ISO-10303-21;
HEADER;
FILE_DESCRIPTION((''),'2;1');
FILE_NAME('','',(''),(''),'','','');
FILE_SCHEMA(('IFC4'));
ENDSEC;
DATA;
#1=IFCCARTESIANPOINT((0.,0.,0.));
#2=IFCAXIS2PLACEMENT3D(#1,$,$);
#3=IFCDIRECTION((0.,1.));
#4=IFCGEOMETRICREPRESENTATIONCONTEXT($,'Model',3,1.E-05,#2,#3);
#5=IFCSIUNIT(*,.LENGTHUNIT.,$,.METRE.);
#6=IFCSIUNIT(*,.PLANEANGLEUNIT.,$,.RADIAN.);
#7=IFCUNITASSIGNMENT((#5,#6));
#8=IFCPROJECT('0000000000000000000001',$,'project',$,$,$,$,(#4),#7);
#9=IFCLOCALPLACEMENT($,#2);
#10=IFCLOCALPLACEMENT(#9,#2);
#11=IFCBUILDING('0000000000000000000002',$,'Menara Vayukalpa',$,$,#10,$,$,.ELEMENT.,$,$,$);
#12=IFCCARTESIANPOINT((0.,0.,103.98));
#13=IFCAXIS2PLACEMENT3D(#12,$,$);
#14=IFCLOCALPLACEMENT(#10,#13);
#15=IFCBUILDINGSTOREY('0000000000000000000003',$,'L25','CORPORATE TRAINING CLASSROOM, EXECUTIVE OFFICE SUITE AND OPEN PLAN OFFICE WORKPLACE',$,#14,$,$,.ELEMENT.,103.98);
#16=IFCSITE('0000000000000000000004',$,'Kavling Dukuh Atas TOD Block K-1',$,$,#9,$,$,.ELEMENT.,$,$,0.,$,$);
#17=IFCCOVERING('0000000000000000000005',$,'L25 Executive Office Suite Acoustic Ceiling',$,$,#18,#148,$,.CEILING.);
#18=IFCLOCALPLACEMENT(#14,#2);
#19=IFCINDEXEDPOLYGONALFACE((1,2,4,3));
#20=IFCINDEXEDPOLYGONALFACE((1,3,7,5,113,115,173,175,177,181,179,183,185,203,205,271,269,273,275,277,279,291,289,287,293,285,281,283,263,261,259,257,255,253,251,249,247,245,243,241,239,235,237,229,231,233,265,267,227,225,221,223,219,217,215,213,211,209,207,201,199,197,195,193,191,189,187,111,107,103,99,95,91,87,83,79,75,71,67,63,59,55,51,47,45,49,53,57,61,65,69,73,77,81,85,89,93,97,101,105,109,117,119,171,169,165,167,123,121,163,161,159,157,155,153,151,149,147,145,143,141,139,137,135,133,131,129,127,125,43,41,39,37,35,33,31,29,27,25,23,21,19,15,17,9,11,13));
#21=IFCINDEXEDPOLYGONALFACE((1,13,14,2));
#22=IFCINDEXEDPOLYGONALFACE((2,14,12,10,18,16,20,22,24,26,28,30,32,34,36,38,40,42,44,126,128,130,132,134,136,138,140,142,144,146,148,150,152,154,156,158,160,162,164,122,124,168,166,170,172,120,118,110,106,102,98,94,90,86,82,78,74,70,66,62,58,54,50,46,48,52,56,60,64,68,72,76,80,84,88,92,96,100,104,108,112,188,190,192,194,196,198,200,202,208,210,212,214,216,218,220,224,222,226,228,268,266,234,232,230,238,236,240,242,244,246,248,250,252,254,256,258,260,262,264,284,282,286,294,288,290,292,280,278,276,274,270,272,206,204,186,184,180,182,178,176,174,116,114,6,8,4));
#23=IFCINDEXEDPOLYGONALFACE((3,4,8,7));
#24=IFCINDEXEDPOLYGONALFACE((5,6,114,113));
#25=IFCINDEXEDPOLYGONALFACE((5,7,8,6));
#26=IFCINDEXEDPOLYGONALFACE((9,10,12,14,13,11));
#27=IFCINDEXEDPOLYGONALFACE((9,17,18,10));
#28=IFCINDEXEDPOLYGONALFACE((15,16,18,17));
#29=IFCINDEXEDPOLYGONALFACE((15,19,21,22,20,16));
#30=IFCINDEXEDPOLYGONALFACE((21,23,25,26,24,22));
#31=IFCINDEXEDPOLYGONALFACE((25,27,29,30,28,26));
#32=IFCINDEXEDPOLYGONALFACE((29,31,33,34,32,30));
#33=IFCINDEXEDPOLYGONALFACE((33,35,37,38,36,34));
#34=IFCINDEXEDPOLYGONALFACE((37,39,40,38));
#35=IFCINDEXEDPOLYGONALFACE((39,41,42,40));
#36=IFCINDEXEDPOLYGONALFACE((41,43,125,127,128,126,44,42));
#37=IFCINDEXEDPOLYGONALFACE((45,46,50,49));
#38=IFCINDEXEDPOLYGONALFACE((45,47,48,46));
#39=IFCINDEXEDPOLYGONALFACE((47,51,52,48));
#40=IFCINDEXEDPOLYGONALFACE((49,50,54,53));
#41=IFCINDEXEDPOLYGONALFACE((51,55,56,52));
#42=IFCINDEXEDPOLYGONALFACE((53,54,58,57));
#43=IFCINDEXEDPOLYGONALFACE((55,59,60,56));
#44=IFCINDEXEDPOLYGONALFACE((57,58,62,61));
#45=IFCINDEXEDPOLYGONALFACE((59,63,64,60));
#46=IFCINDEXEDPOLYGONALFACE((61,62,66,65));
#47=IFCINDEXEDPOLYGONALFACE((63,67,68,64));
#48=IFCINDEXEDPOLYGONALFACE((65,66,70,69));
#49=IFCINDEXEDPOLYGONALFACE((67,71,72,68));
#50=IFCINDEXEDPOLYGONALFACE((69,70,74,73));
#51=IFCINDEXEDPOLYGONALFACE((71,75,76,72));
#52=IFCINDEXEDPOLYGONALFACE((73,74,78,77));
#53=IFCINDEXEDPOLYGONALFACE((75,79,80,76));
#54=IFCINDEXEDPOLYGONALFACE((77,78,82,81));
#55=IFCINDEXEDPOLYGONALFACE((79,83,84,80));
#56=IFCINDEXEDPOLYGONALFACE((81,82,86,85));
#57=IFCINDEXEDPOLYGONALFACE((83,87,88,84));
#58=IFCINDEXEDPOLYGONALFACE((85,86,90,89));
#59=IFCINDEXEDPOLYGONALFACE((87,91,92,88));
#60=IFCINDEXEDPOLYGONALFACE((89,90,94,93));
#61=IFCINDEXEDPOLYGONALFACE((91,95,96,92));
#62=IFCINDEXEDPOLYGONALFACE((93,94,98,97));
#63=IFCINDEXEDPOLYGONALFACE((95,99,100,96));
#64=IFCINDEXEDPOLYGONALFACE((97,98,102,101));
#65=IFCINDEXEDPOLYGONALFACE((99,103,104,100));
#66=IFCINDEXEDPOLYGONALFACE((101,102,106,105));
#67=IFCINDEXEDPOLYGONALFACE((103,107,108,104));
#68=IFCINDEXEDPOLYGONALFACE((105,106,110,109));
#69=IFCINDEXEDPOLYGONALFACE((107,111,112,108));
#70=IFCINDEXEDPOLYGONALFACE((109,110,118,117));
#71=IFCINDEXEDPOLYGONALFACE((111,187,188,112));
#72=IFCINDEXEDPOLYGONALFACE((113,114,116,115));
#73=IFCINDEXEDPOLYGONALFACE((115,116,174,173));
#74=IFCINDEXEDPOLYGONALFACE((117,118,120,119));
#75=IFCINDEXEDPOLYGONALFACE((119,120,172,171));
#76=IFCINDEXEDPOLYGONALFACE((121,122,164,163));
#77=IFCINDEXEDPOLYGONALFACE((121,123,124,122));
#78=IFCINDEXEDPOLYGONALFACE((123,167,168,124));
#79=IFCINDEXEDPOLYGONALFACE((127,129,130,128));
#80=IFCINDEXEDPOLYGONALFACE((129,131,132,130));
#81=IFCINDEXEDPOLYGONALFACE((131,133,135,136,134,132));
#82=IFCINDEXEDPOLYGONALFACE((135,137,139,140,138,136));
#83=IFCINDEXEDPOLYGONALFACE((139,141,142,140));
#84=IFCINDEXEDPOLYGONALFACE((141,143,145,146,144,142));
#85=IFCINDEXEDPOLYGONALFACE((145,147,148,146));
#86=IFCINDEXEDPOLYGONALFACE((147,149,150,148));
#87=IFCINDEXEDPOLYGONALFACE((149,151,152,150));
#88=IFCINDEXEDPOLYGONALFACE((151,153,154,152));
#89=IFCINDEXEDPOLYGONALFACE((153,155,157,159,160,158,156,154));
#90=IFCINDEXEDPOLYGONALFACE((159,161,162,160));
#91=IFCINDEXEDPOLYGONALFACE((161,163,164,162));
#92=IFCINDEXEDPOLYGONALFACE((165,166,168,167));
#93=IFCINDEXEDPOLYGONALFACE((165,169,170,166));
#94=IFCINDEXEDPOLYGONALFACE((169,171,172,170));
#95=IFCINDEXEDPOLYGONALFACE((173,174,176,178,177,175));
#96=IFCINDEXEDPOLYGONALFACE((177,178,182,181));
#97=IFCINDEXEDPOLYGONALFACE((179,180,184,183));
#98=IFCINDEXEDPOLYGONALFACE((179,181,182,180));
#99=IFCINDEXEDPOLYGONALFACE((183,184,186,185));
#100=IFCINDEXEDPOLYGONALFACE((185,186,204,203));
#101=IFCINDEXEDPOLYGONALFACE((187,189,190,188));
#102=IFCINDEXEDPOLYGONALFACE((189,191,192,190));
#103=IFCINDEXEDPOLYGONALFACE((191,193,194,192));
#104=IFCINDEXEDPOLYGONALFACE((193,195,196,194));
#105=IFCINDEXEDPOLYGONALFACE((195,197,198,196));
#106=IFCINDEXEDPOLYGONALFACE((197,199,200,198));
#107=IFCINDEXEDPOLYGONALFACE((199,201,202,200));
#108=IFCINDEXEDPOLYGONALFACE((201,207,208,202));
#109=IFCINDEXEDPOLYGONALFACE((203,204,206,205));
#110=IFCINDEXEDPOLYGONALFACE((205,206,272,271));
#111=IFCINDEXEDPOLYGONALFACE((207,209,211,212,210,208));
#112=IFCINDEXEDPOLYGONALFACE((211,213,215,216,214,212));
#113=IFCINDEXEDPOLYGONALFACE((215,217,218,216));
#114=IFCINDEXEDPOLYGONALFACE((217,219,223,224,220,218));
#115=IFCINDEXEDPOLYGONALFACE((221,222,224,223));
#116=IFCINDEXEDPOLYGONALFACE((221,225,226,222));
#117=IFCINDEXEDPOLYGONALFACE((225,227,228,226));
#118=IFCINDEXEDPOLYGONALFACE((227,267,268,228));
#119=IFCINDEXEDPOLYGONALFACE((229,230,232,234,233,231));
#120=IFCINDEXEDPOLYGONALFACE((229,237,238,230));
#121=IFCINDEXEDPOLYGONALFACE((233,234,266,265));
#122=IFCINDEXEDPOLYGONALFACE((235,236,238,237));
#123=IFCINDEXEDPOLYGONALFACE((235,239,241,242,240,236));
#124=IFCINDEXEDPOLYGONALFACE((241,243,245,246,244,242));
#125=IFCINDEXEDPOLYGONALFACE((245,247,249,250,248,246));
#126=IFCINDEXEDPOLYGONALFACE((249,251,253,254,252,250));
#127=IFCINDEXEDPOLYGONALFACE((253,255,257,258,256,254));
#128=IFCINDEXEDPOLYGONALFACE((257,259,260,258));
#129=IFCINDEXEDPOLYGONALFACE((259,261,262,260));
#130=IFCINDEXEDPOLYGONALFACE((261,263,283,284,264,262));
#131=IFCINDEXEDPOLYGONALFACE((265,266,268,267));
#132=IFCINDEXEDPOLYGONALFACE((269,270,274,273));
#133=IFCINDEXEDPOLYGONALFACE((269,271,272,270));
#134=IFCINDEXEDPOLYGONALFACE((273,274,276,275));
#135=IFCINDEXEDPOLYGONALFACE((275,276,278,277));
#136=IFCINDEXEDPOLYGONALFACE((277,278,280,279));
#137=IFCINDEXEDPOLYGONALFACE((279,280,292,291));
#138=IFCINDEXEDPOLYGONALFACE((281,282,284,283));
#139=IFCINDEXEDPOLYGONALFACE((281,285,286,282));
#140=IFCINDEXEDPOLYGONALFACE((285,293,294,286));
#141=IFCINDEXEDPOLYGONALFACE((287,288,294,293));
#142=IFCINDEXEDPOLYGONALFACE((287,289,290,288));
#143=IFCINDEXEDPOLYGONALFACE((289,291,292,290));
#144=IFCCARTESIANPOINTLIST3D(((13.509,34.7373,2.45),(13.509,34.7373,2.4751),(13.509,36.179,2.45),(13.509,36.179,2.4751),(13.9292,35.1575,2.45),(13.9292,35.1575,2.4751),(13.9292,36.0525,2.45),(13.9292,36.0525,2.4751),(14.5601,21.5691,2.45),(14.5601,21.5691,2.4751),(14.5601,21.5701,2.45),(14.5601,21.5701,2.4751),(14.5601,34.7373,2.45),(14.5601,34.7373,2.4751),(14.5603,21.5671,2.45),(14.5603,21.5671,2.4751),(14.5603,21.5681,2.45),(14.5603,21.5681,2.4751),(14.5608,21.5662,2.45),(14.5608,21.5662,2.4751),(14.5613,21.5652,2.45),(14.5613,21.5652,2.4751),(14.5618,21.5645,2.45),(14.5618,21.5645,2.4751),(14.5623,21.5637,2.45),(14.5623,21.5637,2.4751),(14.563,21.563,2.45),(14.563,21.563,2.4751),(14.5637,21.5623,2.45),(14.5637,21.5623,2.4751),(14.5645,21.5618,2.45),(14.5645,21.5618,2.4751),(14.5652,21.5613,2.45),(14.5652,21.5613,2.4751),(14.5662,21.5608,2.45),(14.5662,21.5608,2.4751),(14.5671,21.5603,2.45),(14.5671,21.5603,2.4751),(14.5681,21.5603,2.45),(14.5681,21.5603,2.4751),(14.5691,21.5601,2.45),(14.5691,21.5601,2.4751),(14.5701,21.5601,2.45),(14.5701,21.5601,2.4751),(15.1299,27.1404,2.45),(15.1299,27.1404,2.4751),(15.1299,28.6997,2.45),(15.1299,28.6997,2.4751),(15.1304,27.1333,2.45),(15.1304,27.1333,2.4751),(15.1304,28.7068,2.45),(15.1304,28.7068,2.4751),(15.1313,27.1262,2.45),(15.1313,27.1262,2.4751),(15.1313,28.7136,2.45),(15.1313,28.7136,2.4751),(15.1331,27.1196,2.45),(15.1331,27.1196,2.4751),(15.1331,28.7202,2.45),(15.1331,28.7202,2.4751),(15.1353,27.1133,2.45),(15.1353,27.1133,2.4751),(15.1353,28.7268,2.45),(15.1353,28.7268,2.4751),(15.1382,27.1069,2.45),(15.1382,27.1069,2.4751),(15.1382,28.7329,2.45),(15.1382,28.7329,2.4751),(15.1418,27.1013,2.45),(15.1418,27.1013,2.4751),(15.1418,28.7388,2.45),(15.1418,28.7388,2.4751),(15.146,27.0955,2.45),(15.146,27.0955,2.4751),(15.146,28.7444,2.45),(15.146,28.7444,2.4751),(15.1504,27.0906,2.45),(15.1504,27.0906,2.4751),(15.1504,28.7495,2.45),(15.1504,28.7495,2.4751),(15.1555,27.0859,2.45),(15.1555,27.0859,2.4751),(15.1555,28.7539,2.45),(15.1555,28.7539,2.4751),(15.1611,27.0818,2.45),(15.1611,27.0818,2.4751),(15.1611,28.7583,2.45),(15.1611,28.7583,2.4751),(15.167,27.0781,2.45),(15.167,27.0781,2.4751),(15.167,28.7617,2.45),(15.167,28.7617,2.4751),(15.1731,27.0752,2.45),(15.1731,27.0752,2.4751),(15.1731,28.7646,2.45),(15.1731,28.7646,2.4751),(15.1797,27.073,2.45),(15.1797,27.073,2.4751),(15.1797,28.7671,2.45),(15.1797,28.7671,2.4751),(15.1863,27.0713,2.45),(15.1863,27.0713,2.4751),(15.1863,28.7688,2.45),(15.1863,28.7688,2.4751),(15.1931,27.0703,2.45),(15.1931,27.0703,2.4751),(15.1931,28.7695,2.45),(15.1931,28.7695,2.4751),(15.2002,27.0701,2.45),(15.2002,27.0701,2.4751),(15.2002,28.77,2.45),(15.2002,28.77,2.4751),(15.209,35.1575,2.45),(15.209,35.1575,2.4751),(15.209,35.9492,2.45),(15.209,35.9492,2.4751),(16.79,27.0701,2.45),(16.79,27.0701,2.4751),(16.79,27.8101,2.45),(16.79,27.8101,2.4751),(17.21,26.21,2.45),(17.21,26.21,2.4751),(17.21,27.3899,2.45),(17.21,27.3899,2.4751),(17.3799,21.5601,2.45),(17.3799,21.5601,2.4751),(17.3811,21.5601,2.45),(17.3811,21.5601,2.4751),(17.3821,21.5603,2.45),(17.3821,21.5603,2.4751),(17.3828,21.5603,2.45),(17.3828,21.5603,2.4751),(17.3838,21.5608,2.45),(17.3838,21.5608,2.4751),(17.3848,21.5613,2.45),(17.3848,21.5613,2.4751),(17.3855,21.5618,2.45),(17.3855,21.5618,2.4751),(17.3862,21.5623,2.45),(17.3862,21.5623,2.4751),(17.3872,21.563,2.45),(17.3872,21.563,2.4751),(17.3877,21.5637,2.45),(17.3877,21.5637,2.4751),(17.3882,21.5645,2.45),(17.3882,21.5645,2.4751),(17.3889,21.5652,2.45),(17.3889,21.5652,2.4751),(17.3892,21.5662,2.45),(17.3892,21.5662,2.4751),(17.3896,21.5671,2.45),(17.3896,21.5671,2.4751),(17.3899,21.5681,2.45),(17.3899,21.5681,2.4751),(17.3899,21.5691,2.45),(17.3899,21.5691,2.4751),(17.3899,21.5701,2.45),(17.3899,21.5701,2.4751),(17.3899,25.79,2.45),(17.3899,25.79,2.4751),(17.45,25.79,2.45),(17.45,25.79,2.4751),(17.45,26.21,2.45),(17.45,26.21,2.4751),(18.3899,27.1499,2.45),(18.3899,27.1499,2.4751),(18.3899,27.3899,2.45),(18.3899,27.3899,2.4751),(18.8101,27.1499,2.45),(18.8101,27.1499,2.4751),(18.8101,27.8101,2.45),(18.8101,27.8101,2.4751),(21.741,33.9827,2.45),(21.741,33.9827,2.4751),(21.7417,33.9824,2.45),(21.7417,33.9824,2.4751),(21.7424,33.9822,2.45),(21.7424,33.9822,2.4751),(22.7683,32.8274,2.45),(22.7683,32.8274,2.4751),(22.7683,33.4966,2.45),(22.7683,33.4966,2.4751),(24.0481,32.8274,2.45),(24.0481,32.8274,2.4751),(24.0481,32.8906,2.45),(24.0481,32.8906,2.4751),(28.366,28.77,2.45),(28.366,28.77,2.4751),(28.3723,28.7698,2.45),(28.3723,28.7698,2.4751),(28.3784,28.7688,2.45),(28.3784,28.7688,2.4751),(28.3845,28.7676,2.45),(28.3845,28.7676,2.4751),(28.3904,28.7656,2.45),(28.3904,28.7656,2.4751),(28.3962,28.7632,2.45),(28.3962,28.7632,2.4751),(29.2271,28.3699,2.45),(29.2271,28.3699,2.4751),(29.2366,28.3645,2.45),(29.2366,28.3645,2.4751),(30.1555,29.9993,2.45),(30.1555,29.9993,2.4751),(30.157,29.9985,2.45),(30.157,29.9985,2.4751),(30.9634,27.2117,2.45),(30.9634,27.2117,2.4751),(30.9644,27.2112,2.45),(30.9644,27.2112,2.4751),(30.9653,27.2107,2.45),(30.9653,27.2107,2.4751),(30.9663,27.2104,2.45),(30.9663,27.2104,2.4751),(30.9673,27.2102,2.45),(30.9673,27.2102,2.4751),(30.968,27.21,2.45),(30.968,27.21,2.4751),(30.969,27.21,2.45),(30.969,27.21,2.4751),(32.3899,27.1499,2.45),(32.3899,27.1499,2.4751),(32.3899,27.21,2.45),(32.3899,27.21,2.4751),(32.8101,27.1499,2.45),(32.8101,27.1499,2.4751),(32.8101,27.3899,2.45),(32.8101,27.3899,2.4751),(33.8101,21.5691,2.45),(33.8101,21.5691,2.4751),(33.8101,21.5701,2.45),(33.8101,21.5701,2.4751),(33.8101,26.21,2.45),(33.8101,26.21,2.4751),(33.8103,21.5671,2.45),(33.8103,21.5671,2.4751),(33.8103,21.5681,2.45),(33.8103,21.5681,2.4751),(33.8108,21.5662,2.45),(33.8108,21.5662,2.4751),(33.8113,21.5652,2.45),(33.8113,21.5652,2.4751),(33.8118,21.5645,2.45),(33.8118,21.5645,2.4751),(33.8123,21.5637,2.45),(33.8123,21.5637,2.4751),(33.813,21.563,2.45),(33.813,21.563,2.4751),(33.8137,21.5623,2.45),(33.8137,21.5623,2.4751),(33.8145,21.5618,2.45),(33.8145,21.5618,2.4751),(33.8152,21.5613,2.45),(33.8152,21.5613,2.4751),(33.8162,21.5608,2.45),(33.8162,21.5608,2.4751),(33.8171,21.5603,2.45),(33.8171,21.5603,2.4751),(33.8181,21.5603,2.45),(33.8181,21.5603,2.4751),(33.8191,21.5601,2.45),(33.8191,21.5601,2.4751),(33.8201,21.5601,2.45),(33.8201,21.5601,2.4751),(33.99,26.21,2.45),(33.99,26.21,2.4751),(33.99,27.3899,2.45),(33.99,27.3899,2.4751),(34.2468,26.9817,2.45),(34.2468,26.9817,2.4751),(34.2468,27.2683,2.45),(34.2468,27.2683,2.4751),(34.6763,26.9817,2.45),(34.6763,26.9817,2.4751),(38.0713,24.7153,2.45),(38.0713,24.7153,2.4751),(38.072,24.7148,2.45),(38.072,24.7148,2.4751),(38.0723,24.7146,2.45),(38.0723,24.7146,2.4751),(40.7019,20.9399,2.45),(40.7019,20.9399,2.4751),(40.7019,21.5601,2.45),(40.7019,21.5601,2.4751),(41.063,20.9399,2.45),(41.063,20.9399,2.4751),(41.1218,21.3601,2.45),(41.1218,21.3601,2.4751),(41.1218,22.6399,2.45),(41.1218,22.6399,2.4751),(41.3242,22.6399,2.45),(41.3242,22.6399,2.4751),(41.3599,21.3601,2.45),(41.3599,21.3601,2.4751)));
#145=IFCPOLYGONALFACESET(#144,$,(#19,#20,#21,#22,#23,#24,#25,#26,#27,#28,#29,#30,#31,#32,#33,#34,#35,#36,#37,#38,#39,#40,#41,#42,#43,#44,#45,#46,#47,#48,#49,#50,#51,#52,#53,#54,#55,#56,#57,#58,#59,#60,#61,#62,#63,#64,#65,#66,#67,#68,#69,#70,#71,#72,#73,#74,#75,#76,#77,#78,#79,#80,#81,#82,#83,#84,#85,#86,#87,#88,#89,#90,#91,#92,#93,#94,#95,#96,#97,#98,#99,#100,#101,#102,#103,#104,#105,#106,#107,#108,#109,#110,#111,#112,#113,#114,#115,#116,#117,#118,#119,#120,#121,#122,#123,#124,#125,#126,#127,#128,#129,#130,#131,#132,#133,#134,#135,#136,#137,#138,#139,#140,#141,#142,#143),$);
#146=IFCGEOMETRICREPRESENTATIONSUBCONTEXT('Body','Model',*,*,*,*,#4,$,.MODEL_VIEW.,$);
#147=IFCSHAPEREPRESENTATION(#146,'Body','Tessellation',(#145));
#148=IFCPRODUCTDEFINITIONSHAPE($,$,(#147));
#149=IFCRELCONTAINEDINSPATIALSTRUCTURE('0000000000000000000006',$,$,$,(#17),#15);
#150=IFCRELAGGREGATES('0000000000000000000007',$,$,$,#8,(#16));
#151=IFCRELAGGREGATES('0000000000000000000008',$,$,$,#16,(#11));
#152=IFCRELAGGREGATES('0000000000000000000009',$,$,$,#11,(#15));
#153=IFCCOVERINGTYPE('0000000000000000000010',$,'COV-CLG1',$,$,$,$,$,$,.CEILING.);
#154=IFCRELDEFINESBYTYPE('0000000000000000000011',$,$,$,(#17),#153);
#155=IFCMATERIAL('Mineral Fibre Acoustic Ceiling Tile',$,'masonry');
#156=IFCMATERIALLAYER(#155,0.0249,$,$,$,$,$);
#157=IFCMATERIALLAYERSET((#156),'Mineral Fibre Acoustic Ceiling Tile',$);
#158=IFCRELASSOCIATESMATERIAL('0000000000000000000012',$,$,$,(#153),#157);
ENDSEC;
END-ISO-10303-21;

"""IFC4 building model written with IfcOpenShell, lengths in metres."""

from ifc_helpers import new_model, si_unit, direction, frame, origin, place, context, subcontext, project, spatial, polyline, outline, extrude, material, layer, layer_set, type_object, element, save


model = new_model("IFC4")

# Units and contexts
model_context = context("Model", 3, precision=1e-05, world=origin(), true_north=direction((0.0, 1.0)))
body_context = subcontext(model_context, "Body", "Model", "MODEL_VIEW")
ifc_project = project(units=[si_unit("LENGTHUNIT", "METRE"), si_unit("PLANEANGLEUNIT", "RADIAN")], contexts=[model_context])

# Site, building, storey
site_placement = place(None, origin())
site = spatial("IfcSite", under=ifc_project, at=site_placement, Name="Kavling Dukuh Atas TOD Block K-1", CompositionType="ELEMENT", RefElevation=0.0)
building_placement = place(site_placement, origin())
building = spatial("IfcBuilding", under=site, at=building_placement, Name="Menara Vayukalpa", CompositionType="ELEMENT")
storey_placement = place(building_placement, frame((0.0, 0.0, 103.98)))
storey = spatial("IfcBuildingStorey", under=building, at=storey_placement, Name="L25", Description="CORPORATE TRAINING CLASSROOM, EXECUTIVE OFFICE SUITE AND OPEN PLAN OFFICE WORKPLACE", CompositionType="ELEMENT", Elevation=103.98)

# Covering
ifc_material_1 = material(Name="Mineral Fibre Acoustic Ceiling Tile", Category="masonry")
ifc_layer_1 = layer(ifc_material_1, 0.0249)
ifc_layer_set_1 = layer_set([ifc_layer_1], Name="Mineral Fibre Acoustic Ceiling Tile")
covering_type_1 = type_object("IfcCoveringType", Name="COV-CLG1", PredefinedType="CEILING", material=ifc_layer_set_1)
covering_1_placement = place(storey_placement, frame((0.0, 0.0, 2.45)))
element("IfcCovering", 1, at=covering_1_placement, inside=storey, type_object=covering_type_1, Name="L25 Executive Office Suite Acoustic Ceiling", PredefinedType="CEILING", context=body_context, shape_type="SweptSolid", body=[
    extrude(outline(polyline([(40.7019, 20.9399), (40.7019, 21.5601), (33.8201, 21.5601), (33.8191, 21.5601), (33.8181, 21.5603), (33.8171, 21.5603), (33.8162, 21.5608), (33.8152, 21.5613), (33.8145, 21.5618), (33.8137, 21.5623), (33.813, 21.563), (33.8123, 21.5637), (33.8118, 21.5645), (33.8113, 21.5652), (33.8108, 21.5662), (33.8103, 21.5671), (33.8103, 21.5681), (33.8101, 21.5691), (33.8101, 21.5701), (33.8101, 26.21), (33.99, 26.21), (33.99, 27.3899), (32.8101, 27.3899), (32.8101, 27.1499), (32.3899, 27.1499), (32.3899, 27.21), (30.969, 27.21), (30.968, 27.21), (30.9673, 27.2102), (30.9663, 27.2104), (30.9653, 27.2107), (30.9644, 27.2112), (30.9634, 27.2117), (29.2366, 28.3645), (29.2271, 28.3699), (28.3962, 28.7632), (28.3904, 28.7656), (28.3845, 28.7676), (28.3784, 28.7688), (28.3723, 28.7698), (28.366, 28.77), (15.2002, 28.77), (15.1931, 28.7695), (15.1863, 28.7688), (15.1797, 28.7671), (15.1731, 28.7646), (15.167, 28.7617), (15.1611, 28.7583), (15.1555, 28.7539), (15.1504, 28.7495), (15.146, 28.7444), (15.1418, 28.7388), (15.1382, 28.7329), (15.1353, 28.7268), (15.1331, 28.7202), (15.1313, 28.7136), (15.1304, 28.7068), (15.1299, 28.6997), (15.1299, 27.1404), (15.1304, 27.1333), (15.1313, 27.1262), (15.1331, 27.1196), (15.1353, 27.1133), (15.1382, 27.1069), (15.1418, 27.1013), (15.146, 27.0955), (15.1504, 27.0906), (15.1555, 27.0859), (15.1611, 27.0818), (15.167, 27.0781), (15.1731, 27.0752), (15.1797, 27.073), (15.1863, 27.0713), (15.1931, 27.0703), (15.2002, 27.0701), (16.79, 27.0701), (16.79, 27.8101), (18.8101, 27.8101), (18.8101, 27.1499), (18.3899, 27.1499), (18.3899, 27.3899), (17.21, 27.3899), (17.21, 26.21), (17.45, 26.21), (17.45, 25.79), (17.3899, 25.79), (17.3899, 21.5701), (17.3899, 21.5691), (17.3899, 21.5681), (17.3896, 21.5671), (17.3892, 21.5662), (17.3889, 21.5652), (17.3882, 21.5645), (17.3877, 21.5637), (17.3872, 21.563), (17.3862, 21.5623), (17.3855, 21.5618), (17.3848, 21.5613), (17.3838, 21.5608), (17.3828, 21.5603), (17.3821, 21.5603), (17.3811, 21.5601), (17.3799, 21.5601), (14.5701, 21.5601), (14.5691, 21.5601), (14.5681, 21.5603), (14.5671, 21.5603), (14.5662, 21.5608), (14.5652, 21.5613), (14.5645, 21.5618), (14.5637, 21.5623), (14.563, 21.563), (14.5623, 21.5637), (14.5618, 21.5645), (14.5613, 21.5652), (14.5608, 21.5662), (14.5603, 21.5671), (14.5603, 21.5681), (14.5601, 21.5691), (14.5601, 21.5701), (14.5601, 34.7373), (13.509, 34.7373), (13.509, 36.179), (13.9292, 36.0525), (13.9292, 35.1575), (15.209, 35.1575), (15.209, 35.9492), (21.741, 33.9827), (21.7417, 33.9824), (21.7424, 33.9822), (22.7683, 33.4966), (22.7683, 32.8274), (24.0481, 32.8274), (24.0481, 32.8906), (30.1555, 29.9993), (30.157, 29.9985), (34.2468, 27.2683), (34.2468, 26.9817), (34.6763, 26.9817), (38.0713, 24.7153), (38.072, 24.7148), (38.0723, 24.7146), (41.3242, 22.6399), (41.1218, 22.6399), (41.1218, 21.3601), (41.3599, 21.3601), (41.063, 20.9399), (40.7019, 20.9399)])), origin(), (0.0, 0.0, 1.0), 0.0251),
])

save(model, "model.ifc")
